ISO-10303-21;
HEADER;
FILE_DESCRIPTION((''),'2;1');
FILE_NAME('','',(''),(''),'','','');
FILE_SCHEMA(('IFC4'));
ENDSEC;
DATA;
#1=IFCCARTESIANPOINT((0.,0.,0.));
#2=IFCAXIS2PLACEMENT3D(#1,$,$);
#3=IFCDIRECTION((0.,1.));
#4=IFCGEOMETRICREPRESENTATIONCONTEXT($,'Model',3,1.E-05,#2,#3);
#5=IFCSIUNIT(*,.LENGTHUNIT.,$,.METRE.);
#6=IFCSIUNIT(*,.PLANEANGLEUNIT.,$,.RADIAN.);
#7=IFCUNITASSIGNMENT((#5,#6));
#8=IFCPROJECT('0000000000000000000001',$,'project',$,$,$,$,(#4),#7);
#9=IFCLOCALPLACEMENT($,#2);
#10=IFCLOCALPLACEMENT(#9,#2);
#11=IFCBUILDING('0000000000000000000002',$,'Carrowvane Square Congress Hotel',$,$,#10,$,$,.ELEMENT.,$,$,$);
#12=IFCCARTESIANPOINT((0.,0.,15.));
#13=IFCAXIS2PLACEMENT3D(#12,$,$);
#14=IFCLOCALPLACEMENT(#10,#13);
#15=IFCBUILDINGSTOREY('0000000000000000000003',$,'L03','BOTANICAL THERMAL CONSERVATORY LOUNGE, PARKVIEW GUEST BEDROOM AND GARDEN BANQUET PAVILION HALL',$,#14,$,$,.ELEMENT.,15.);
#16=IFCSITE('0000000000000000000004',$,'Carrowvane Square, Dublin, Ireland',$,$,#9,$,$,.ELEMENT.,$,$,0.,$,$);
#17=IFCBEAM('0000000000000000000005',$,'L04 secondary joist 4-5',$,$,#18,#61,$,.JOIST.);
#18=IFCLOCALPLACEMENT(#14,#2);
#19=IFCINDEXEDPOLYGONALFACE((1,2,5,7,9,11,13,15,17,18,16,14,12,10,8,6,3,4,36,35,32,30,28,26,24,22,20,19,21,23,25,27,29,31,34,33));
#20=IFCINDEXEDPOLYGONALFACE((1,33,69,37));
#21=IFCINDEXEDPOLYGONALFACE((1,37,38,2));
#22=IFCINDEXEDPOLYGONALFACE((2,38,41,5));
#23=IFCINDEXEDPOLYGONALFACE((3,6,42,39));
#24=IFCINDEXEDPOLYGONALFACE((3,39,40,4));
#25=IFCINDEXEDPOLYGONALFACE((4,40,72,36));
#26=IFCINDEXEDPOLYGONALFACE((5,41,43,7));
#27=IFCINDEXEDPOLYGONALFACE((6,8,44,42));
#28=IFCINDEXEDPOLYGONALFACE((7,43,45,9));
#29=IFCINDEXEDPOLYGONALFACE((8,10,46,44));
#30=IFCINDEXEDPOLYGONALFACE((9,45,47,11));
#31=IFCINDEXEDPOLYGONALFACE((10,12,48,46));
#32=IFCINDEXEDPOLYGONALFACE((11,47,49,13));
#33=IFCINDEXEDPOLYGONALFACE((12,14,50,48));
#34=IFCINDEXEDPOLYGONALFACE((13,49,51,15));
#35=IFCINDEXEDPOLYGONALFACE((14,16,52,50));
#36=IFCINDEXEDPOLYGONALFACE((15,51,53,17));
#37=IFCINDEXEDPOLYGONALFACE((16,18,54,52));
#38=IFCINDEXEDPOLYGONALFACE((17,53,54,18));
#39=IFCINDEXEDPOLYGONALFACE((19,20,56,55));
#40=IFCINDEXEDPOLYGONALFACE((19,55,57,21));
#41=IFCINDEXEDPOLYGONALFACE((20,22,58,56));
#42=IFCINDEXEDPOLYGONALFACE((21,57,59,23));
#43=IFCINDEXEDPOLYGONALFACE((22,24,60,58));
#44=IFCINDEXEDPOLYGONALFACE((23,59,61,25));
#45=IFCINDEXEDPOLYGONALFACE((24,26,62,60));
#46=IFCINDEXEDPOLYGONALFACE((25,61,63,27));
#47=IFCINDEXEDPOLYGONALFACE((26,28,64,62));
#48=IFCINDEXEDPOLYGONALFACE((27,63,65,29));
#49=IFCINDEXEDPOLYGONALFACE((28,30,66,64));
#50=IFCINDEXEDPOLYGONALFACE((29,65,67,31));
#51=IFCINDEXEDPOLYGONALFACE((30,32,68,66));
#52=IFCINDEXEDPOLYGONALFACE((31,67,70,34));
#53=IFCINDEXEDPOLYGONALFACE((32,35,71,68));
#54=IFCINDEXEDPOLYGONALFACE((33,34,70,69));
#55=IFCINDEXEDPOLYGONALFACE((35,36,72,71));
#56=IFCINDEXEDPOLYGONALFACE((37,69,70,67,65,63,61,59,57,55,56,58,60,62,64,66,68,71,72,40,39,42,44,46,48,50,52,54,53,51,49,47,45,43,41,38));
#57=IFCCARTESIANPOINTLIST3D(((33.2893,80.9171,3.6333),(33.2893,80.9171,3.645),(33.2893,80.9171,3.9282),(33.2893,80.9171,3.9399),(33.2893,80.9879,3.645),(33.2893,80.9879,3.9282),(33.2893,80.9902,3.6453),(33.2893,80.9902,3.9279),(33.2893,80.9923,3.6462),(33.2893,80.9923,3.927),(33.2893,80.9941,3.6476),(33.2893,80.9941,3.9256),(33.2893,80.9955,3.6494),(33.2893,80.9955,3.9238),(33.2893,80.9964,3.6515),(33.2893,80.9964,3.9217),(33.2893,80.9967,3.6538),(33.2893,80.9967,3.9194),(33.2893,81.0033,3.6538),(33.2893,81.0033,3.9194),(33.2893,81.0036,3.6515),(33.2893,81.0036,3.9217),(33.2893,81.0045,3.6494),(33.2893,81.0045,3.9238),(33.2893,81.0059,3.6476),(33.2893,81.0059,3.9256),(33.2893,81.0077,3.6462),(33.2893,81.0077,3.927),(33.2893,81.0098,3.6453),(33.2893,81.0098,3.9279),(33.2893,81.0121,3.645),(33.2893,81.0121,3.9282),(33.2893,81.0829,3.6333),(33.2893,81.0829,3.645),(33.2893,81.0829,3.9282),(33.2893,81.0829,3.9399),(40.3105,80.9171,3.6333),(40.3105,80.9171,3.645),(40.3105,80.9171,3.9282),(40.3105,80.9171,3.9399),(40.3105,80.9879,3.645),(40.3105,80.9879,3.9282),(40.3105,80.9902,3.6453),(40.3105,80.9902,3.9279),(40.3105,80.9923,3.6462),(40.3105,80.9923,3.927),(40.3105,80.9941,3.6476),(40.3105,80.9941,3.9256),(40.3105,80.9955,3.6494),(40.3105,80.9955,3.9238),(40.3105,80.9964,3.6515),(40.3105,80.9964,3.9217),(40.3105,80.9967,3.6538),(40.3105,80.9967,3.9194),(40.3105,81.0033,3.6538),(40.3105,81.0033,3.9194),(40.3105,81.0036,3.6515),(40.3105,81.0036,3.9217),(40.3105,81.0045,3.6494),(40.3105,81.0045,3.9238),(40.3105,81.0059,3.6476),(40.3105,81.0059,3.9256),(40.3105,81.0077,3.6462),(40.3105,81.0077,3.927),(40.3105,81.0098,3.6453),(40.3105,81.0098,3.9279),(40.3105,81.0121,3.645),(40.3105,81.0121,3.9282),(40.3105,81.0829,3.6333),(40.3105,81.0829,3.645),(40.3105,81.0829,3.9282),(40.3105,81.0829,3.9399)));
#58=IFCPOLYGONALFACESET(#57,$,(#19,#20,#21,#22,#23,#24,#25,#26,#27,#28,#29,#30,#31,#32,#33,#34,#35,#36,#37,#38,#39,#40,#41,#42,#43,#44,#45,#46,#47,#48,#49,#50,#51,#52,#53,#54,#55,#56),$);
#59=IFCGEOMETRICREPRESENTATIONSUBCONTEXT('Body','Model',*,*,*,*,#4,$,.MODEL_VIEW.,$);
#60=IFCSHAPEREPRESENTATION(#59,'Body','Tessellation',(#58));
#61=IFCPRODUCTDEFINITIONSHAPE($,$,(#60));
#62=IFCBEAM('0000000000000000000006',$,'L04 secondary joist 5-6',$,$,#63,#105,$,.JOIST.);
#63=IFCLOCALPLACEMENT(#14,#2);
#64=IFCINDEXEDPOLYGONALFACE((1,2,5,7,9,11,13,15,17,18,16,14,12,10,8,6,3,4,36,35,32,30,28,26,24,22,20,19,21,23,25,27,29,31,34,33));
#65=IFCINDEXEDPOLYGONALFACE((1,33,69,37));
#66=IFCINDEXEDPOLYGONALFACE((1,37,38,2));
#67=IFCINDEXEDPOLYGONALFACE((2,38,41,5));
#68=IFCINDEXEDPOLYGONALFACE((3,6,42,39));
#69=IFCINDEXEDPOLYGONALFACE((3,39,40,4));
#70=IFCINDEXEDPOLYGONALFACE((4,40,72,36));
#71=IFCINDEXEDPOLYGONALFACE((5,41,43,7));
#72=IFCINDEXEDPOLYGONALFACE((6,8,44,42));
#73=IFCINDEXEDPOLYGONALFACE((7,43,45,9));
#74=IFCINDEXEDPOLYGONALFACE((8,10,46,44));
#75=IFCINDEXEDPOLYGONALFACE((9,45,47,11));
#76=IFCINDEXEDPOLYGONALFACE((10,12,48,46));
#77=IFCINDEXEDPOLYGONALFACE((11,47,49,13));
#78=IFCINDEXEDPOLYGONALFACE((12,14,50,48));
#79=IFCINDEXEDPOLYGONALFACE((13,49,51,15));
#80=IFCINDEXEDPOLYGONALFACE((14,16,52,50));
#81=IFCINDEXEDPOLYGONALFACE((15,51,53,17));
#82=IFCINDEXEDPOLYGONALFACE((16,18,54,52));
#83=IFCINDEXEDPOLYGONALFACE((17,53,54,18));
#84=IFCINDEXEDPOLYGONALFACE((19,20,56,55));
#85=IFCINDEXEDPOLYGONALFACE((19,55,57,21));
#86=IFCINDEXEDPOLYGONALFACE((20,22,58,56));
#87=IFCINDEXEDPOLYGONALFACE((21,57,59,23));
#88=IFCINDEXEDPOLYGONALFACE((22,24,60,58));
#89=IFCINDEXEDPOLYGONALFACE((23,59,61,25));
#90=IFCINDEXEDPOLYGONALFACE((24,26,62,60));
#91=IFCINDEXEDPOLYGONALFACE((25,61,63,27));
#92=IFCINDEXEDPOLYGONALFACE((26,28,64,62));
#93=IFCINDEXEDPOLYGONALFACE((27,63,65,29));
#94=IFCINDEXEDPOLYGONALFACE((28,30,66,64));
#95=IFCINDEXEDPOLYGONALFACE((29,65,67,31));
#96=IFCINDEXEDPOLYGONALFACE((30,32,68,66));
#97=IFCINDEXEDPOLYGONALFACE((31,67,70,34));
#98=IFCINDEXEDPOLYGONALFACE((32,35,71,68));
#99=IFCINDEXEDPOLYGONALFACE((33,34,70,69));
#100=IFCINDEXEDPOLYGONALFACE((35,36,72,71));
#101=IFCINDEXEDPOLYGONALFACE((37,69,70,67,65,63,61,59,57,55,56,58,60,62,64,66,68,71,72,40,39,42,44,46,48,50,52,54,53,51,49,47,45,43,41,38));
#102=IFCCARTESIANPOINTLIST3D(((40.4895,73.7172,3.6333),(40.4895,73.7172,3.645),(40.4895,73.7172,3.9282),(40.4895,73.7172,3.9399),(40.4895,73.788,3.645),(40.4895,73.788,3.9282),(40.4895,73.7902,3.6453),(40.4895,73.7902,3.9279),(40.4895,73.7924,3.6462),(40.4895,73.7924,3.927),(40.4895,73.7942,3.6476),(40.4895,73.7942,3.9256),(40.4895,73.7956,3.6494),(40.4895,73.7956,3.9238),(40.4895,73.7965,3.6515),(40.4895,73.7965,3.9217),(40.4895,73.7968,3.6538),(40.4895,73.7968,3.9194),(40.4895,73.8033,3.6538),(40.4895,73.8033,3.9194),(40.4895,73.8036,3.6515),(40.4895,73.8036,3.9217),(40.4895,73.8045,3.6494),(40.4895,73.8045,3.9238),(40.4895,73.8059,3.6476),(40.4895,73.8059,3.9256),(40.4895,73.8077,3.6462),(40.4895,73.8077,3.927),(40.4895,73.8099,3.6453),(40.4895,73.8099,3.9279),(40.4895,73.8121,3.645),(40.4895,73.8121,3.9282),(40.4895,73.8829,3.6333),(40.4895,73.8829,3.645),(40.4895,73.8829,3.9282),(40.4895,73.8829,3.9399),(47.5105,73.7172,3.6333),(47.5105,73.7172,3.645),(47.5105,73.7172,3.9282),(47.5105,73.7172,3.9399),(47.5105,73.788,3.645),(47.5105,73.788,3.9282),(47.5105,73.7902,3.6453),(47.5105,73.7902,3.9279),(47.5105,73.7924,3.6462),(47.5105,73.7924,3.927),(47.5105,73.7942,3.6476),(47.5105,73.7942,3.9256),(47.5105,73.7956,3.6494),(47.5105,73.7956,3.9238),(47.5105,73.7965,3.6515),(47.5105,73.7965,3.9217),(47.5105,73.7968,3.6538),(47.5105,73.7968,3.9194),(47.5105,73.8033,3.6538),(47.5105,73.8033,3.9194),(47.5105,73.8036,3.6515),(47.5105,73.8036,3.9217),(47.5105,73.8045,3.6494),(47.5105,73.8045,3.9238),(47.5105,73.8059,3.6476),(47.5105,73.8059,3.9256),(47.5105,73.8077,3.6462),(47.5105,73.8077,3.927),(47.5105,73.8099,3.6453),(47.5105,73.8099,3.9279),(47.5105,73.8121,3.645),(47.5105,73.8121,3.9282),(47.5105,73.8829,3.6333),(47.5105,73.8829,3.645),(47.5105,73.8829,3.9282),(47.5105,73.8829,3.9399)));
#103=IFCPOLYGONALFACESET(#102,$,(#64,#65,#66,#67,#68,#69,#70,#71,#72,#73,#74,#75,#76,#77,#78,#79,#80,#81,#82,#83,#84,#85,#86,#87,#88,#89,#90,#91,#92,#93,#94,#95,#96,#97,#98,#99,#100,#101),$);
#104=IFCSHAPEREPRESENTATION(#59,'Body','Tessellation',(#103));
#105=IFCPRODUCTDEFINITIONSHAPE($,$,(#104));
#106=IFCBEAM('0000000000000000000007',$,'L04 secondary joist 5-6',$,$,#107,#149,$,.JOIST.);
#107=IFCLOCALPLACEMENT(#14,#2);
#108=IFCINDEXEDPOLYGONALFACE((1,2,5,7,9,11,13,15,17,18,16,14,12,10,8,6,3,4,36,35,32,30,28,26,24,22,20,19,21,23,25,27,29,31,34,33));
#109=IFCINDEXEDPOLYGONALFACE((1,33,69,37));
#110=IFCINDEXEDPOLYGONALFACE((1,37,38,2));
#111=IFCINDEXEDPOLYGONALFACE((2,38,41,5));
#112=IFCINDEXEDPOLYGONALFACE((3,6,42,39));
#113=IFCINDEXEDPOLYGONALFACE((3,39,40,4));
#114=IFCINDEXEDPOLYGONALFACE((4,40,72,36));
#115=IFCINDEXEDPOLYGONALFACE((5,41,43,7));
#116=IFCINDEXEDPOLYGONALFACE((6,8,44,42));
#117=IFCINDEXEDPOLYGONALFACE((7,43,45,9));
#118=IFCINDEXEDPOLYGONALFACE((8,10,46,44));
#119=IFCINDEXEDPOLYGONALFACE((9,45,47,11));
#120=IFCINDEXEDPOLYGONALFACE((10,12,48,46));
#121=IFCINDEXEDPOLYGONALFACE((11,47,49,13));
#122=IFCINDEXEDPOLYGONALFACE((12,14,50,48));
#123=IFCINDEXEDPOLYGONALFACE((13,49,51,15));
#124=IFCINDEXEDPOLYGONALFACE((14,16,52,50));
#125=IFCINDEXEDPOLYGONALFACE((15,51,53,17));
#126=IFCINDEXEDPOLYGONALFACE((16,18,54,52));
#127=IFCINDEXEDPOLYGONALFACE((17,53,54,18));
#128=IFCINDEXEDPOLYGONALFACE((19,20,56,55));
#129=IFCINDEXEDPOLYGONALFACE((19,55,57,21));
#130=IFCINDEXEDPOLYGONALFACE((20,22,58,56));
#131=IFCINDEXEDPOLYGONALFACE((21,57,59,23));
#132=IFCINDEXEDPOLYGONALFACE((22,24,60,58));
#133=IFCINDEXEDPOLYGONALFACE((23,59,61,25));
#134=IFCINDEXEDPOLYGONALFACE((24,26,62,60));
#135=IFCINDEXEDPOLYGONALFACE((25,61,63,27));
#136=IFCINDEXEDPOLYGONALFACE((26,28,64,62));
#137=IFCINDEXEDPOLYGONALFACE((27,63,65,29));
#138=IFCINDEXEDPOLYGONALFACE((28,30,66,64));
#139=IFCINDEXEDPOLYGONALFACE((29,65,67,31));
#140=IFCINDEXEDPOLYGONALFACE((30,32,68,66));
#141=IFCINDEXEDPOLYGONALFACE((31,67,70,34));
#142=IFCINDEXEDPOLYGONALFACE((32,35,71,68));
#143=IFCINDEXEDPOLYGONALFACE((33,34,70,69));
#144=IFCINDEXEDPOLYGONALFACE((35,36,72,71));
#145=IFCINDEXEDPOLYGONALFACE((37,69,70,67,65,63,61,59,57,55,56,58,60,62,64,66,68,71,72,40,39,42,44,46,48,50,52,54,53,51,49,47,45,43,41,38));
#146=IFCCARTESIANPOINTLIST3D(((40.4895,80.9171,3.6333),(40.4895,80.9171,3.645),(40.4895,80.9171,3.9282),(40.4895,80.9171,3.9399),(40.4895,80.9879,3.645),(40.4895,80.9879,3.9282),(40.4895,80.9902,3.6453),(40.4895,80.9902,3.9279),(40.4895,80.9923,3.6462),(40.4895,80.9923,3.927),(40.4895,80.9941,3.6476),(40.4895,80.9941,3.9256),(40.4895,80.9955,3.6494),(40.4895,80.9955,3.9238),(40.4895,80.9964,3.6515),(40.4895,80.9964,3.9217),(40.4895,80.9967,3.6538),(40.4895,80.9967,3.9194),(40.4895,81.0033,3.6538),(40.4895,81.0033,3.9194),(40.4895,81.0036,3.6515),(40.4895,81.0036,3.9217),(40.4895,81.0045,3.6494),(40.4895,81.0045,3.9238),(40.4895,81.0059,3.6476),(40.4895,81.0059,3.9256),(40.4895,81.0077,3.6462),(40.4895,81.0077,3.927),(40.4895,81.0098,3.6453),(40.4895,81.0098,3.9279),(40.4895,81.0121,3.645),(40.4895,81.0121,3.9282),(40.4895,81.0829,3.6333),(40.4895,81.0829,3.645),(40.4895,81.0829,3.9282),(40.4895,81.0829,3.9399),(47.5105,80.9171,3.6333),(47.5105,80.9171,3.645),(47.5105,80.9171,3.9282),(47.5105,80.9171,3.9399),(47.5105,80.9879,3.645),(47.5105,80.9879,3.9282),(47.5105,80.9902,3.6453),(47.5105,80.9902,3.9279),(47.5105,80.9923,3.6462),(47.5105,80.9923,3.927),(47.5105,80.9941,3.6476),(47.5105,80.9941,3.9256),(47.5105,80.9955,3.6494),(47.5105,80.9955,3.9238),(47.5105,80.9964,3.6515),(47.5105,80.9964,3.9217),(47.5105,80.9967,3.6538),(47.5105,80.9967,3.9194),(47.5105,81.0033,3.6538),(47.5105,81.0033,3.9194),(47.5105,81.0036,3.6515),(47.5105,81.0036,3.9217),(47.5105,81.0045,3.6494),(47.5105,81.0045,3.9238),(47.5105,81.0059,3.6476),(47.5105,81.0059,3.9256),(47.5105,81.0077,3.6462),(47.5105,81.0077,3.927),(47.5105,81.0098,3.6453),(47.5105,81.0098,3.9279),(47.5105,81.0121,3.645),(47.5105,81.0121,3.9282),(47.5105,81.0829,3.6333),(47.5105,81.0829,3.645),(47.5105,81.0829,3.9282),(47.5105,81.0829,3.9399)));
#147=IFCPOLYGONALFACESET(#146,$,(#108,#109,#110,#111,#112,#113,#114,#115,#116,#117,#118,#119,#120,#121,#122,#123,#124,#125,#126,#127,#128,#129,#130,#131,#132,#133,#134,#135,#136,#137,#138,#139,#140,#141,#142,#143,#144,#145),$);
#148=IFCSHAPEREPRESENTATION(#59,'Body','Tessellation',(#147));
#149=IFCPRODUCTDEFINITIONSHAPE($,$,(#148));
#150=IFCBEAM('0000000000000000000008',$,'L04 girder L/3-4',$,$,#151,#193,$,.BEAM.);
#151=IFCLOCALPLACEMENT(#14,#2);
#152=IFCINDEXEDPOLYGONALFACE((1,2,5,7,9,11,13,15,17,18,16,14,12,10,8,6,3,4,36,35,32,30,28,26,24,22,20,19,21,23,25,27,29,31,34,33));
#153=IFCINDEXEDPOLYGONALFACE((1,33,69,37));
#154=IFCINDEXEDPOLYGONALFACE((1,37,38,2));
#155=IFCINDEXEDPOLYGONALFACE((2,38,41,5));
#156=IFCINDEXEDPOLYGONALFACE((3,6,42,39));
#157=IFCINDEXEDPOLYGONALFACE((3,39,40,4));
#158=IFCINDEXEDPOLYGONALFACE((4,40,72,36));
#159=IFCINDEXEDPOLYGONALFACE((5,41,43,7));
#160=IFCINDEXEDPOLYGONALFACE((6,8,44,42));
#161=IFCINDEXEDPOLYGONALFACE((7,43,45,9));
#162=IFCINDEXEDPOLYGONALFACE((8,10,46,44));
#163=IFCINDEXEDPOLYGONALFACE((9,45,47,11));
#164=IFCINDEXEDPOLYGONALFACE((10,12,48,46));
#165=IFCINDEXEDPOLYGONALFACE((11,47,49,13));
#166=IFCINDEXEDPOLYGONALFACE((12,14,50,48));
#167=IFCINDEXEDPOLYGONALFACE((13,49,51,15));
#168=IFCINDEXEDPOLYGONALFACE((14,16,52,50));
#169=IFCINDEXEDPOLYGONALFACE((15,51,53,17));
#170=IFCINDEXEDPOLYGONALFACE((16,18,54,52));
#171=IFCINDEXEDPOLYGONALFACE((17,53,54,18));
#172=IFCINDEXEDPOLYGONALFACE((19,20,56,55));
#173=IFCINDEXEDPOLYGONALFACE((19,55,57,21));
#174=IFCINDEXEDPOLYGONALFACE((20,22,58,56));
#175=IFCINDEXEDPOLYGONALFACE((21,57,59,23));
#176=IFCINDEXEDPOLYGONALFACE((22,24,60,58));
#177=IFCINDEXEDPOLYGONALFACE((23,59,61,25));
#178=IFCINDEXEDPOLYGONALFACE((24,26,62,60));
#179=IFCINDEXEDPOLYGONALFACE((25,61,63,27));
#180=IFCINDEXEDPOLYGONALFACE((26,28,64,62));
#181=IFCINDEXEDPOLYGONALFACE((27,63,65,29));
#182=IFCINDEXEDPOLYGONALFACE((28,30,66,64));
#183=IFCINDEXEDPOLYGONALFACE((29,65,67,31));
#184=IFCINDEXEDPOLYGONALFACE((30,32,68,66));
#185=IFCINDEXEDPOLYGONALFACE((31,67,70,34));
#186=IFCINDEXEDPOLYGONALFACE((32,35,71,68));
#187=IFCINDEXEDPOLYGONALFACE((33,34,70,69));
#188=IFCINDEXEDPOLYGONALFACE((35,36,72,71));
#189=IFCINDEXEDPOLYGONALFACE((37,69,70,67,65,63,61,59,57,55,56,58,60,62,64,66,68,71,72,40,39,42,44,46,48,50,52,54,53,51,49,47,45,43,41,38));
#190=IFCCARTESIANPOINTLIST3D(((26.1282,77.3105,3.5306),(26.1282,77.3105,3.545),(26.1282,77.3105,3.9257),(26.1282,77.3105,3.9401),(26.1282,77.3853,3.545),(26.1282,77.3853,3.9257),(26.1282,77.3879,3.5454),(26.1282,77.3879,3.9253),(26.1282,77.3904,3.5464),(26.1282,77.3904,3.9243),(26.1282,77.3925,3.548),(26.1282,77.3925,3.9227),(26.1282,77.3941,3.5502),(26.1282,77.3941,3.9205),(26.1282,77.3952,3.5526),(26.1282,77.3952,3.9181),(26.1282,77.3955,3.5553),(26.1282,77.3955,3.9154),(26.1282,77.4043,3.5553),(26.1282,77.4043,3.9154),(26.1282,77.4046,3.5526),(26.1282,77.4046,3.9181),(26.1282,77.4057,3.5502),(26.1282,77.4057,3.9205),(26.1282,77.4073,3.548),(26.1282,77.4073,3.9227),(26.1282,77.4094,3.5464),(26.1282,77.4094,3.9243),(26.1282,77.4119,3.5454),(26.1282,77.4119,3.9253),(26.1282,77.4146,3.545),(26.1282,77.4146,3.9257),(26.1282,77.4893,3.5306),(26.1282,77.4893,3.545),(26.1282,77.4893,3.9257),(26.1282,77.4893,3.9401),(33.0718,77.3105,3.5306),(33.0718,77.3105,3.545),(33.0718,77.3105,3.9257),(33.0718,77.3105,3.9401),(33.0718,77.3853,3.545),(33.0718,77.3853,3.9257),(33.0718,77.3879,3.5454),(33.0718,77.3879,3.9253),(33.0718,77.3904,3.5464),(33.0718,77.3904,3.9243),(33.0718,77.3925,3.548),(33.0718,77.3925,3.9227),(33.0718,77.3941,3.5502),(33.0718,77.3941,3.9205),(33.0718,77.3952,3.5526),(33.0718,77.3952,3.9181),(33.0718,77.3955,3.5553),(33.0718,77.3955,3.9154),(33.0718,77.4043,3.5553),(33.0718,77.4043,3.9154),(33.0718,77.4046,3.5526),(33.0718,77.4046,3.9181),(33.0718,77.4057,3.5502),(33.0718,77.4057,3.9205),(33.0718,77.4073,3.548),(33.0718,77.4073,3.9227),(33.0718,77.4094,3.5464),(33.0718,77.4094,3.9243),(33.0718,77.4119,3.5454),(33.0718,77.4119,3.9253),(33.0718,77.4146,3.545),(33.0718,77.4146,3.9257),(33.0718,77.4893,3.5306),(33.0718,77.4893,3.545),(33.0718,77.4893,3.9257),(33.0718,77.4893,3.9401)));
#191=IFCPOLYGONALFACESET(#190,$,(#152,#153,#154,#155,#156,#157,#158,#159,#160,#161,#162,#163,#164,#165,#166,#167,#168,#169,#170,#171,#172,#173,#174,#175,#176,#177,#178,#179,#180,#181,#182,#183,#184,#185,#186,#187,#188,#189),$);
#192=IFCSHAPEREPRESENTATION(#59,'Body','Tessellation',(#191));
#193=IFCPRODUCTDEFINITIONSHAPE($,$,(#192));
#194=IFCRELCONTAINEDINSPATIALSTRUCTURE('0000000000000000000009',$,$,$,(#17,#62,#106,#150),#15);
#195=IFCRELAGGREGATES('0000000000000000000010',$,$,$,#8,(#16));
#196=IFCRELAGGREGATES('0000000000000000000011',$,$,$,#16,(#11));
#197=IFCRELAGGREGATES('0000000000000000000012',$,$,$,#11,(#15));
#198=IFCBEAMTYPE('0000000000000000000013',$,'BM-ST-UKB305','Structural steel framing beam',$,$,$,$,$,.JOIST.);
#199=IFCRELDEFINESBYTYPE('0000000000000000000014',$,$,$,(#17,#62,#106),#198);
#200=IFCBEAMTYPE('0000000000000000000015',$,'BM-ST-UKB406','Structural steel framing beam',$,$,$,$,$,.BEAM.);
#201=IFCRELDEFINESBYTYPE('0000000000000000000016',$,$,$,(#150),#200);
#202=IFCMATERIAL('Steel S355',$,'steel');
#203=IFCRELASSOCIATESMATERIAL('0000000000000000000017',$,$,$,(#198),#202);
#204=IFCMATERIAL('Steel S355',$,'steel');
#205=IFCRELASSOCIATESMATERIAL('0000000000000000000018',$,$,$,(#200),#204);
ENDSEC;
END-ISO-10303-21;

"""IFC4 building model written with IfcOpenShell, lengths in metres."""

from ifc_helpers import new_model, si_unit, direction, frame, origin, origin_2d, place, context, subcontext, project, spatial, i_section, extrude, material, material_profile, profile_set, type_object, element, save


model = new_model("IFC4")

# Units and contexts
model_context = context("Model", 3, precision=1e-05, world=origin(), true_north=direction((0.0, 1.0)))
body_context = subcontext(model_context, "Body", "Model", "MODEL_VIEW")
ifc_project = project(units=[si_unit("LENGTHUNIT", "METRE"), si_unit("PLANEANGLEUNIT", "RADIAN")], contexts=[model_context])

# Site, building, storey
site_placement = place(None, origin())
site = spatial("IfcSite", under=ifc_project, at=site_placement, Name="Carrowvane Square, Dublin, Ireland", CompositionType="ELEMENT", RefElevation=0.0)
building_placement = place(site_placement, origin())
building = spatial("IfcBuilding", under=site, at=building_placement, Name="Carrowvane Square Congress Hotel", CompositionType="ELEMENT")
storey_placement = place(building_placement, frame((0.0, 0.0, 15.0)))
storey = spatial("IfcBuildingStorey", under=building, at=storey_placement, Name="L03", Description="BOTANICAL THERMAL CONSERVATORY LOUNGE, PARKVIEW GUEST BEDROOM AND GARDEN BANQUET PAVILION HALL", CompositionType="ELEMENT", Elevation=15.0)

# Beams
ifc_material_1 = material(Name="Steel S355", Category="steel")
ifc_material_profile_1 = material_profile(ifc_material_1, i_section(OverallWidth=0.1658, OverallDepth=0.3066, WebThickness=0.0066, FlangeThickness=0.0117, FilletRadius=0.0088, at=origin_2d()), Name="UKB 305x165x46")
ifc_profile_set_1 = profile_set([ifc_material_profile_1], Name="Steel S355")
beam_type_1 = type_object("IfcBeamType", Name="BM-ST-UKB305", Description="Structural steel framing beam", PredefinedType="JOIST", material=ifc_profile_set_1)
beam_placement = place(storey_placement, frame((33.2893, 81.0, 3.7866), z_axis=(1.0, 0.0, 0.0), x_axis=(0.0, 1.0, 0.0)))
element("IfcBeam", 1, at=beam_placement, inside=storey, type_object=beam_type_1, Name="L04 secondary joist 4-5", PredefinedType="JOIST", context=body_context, shape_type="SweptSolid", body=[
    extrude(i_section(OverallWidth=0.1658, OverallDepth=0.3066, WebThickness=0.0066, FlangeThickness=0.0117, FilletRadius=0.0088, at=origin_2d()), origin(), (0.0, 0.0, 1.0), 7.0212),
])
for number, where, z_axis, x_axis, name in (
    (2, (40.4895, 73.8, 3.7866), (1.0, 0.0, 0.0), (0.0, 1.0, 0.0), "L04 secondary joist 5-6"),
    (3, (40.4895, 81.0, 3.7866), (1.0, 0.0, 0.0), (0.0, 1.0, 0.0), "L04 secondary joist 5-6"),
):
    element("IfcBeam", number, at=place(storey_placement, frame(where, z_axis=z_axis, x_axis=x_axis)), inside=storey, type_object=beam_type_1, Name=name, PredefinedType="JOIST", context=body_context, shape_type="SweptSolid", body=[
        extrude(i_section(OverallWidth=0.1658, OverallDepth=0.3066, WebThickness=0.0066, FlangeThickness=0.0117, FilletRadius=0.0088, at=origin_2d()), origin(), (0.0, 0.0, 1.0), 7.021),
    ])
ifc_material_2 = material(Name="Steel S355", Category="steel")
ifc_material_profile_2 = material_profile(ifc_material_2, i_section(OverallWidth=0.1787, OverallDepth=0.4094, WebThickness=0.0088, FlangeThickness=0.0144, FilletRadius=0.0103, at=origin_2d()), Name="UKB 406x178x67")
ifc_profile_set_2 = profile_set([ifc_material_profile_2], Name="Steel S355")
beam_type_2 = type_object("IfcBeamType", Name="BM-ST-UKB406", Description="Structural steel framing beam", PredefinedType="BEAM", material=ifc_profile_set_2)
for number, where, z_axis, x_axis, name in (
    (4, (26.1282, 77.3999, 3.7354), (1.0, 0.0, 0.0), (0.0, 1.0, 0.0), "L04 girder L/3-4"),
):
    element("IfcBeam", number, at=place(storey_placement, frame(where, z_axis=z_axis, x_axis=x_axis)), inside=storey, type_object=beam_type_2, Name=name, PredefinedType="BEAM", context=body_context, shape_type="SweptSolid", body=[
        extrude(i_section(OverallWidth=0.1787, OverallDepth=0.4094, WebThickness=0.0088, FlangeThickness=0.0144, FilletRadius=0.0103, at=origin_2d()), origin(), (0.0, 0.0, 1.0), 6.9436),
    ])

save(model, "model.ifc")
